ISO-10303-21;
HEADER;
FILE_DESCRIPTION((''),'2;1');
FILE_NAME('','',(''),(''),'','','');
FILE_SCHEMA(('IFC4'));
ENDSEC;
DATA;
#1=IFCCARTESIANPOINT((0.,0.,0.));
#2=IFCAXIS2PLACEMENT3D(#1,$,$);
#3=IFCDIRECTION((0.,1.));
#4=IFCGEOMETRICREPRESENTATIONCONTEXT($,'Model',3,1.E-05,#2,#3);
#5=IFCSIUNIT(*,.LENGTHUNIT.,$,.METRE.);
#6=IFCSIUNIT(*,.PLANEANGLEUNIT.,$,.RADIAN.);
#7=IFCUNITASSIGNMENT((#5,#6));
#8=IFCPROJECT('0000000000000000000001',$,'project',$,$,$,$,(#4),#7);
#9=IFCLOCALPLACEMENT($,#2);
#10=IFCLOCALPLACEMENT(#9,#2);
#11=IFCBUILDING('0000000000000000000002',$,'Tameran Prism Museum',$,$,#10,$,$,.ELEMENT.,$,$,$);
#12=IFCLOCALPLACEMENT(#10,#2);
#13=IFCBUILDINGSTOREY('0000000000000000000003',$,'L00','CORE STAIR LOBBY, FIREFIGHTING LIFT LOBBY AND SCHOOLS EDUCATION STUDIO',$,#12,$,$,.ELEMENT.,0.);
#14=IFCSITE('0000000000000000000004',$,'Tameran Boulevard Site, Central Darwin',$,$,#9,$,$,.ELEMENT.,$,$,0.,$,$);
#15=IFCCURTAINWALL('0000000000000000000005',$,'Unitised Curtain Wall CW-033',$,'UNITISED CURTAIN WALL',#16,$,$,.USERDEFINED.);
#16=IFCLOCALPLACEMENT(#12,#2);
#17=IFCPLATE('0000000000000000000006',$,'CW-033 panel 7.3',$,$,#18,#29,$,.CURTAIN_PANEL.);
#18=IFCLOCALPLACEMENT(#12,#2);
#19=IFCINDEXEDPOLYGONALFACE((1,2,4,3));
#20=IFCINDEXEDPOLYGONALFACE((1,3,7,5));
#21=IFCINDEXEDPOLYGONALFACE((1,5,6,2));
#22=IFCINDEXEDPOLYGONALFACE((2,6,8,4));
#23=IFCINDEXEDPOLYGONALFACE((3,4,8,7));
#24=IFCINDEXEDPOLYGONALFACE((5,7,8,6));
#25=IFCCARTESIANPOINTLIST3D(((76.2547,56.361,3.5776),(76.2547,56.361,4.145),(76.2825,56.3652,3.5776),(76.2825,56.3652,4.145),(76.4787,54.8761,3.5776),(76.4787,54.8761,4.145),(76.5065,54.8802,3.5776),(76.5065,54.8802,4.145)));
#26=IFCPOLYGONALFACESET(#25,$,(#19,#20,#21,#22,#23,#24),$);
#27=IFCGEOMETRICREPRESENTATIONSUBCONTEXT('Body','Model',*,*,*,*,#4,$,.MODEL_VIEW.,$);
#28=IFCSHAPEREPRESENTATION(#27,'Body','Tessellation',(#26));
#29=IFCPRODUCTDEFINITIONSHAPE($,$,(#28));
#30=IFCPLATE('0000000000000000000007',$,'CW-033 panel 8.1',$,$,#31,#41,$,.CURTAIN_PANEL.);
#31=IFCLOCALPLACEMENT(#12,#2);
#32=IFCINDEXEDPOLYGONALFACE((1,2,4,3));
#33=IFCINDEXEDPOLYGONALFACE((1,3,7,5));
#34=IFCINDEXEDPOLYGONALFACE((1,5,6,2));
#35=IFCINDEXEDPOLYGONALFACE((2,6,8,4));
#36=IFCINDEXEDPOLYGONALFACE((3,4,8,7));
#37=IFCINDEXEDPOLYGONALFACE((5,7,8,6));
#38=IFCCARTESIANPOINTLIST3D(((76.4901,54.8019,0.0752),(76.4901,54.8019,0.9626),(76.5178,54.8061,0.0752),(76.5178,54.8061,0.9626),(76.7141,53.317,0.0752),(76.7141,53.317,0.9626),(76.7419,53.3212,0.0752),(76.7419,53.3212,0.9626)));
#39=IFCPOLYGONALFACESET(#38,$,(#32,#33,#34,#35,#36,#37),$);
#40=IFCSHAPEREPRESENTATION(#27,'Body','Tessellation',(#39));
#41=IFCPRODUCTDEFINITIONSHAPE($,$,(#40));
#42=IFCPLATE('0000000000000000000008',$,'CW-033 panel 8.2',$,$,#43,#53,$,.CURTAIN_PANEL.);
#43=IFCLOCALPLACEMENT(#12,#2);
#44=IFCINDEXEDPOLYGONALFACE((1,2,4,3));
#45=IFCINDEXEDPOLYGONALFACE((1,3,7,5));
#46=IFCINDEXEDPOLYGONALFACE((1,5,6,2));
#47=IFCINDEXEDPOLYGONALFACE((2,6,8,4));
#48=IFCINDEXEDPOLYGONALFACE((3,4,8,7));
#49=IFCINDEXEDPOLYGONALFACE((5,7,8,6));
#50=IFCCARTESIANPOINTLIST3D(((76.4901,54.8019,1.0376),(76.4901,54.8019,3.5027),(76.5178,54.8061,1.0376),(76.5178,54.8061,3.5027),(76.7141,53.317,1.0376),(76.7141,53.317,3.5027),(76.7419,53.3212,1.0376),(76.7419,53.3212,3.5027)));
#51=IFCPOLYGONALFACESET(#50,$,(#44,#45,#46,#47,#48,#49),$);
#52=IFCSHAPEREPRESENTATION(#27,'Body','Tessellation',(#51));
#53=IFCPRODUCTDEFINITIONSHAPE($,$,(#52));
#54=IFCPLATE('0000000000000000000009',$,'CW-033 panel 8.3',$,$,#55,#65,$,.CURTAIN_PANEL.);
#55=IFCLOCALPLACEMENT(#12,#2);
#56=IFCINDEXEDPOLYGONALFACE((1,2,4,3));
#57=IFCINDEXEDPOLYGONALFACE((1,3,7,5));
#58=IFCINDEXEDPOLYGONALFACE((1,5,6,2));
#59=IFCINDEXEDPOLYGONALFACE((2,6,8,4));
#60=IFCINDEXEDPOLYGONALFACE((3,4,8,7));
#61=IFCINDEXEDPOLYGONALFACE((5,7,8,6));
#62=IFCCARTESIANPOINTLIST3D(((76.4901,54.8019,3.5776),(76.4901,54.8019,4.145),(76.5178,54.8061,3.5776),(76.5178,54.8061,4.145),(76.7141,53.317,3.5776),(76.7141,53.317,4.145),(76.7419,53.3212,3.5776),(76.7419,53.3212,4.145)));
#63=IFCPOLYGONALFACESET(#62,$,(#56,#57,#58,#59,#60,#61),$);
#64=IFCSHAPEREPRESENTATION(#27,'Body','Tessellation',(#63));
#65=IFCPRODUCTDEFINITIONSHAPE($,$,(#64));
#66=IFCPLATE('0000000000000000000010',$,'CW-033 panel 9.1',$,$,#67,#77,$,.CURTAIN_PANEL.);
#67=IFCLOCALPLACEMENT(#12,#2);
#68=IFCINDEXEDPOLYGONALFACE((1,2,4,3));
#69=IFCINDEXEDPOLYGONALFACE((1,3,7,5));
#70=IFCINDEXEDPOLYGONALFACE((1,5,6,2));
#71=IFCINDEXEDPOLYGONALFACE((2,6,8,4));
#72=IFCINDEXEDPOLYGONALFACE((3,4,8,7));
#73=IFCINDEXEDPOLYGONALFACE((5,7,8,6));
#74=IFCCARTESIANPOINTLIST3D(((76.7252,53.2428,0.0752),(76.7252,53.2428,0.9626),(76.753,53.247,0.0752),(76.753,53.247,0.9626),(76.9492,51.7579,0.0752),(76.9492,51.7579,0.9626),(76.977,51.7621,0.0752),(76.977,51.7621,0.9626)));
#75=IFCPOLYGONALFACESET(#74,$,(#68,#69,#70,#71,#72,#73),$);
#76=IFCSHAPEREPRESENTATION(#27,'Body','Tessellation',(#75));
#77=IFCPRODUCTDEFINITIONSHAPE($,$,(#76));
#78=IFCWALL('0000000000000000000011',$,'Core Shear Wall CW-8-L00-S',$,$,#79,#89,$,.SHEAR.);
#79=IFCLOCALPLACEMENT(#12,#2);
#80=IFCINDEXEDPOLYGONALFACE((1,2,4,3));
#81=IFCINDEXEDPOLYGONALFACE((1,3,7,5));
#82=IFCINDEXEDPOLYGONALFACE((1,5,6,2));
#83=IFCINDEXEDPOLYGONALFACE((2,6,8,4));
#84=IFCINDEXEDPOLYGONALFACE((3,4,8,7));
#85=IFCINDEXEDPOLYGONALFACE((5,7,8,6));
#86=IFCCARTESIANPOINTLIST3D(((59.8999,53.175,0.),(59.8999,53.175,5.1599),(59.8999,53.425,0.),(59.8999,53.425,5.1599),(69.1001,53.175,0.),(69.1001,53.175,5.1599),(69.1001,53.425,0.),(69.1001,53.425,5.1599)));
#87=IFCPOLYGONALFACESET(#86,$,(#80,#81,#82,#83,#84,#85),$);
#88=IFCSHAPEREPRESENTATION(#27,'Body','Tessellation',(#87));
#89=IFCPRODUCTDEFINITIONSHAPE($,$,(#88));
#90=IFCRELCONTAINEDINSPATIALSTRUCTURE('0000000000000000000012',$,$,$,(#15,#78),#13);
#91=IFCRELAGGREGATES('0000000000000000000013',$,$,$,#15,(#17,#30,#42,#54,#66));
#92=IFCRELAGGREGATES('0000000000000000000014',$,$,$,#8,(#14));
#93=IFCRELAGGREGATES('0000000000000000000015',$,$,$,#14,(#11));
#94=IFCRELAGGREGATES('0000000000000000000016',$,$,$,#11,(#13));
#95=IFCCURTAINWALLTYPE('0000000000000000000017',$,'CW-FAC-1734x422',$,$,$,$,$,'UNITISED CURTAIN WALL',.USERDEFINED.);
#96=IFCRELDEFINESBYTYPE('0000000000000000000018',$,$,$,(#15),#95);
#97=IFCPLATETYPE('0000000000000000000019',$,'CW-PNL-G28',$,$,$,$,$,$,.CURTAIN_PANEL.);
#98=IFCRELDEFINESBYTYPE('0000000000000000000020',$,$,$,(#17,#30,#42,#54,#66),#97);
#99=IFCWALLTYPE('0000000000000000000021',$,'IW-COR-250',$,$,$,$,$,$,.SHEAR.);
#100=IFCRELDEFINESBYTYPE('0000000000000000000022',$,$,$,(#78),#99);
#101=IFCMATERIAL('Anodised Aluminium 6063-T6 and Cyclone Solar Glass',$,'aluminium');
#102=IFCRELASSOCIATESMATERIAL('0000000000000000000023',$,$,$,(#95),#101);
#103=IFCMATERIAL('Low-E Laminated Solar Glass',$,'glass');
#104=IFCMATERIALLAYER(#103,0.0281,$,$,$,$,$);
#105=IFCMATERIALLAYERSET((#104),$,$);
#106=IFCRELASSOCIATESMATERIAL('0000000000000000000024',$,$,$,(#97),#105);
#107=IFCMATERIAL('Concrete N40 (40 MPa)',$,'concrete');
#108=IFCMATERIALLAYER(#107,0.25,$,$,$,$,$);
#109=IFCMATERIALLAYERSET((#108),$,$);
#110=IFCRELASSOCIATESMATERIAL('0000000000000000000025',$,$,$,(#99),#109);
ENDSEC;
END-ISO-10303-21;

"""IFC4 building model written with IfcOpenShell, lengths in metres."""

from ifc_helpers import new_model, si_unit, direction, frame, frame_2d, origin, origin_2d, place, context, subcontext, project, spatial, rectangle, extrude, material, layer, layer_set, type_object, element, aggregate, save


model = new_model("IFC4")

# Units and contexts
model_context = context("Model", 3, precision=1e-05, world=origin(), true_north=direction((0.0, 1.0)))
body_context = subcontext(model_context, "Body", "Model", "MODEL_VIEW")
ifc_project = project(units=[si_unit("LENGTHUNIT", "METRE"), si_unit("PLANEANGLEUNIT", "RADIAN")], contexts=[model_context])

# Site, building, storey
site_placement = place(None, origin())
site = spatial("IfcSite", under=ifc_project, at=site_placement, Name="Tameran Boulevard Site, Central Darwin", CompositionType="ELEMENT", RefElevation=0.0)
building_placement = place(site_placement, origin())
building = spatial("IfcBuilding", under=site, at=building_placement, Name="Tameran Prism Museum", CompositionType="ELEMENT")
storey_placement = place(building_placement, origin())
storey = spatial("IfcBuildingStorey", under=building, at=storey_placement, Name="L00", Description="CORE STAIR LOBBY, FIREFIGHTING LIFT LOBBY AND SCHOOLS EDUCATION STUDIO", CompositionType="ELEMENT", Elevation=0.0)

# Curtain wall, plates
ifc_material_1 = material(Name="Anodised Aluminium 6063-T6 and Cyclone Solar Glass", Category="aluminium")
curtain_wall_type = type_object("IfcCurtainWallType", Name="CW-FAC-1734x422", ElementType="UNITISED CURTAIN WALL", PredefinedType="USERDEFINED", material=ifc_material_1)
curtain_wall_placement = place(storey_placement, origin())
curtain_wall = element("IfcCurtainWall", 1, at=curtain_wall_placement, inside=storey, type_object=curtain_wall_type, Name="Unitised Curtain Wall CW-033", ObjectType="UNITISED CURTAIN WALL", PredefinedType="USERDEFINED")
ifc_material_2 = material(Name="Low-E Laminated Solar Glass", Category="glass")
ifc_layer_1 = layer(ifc_material_2, 0.0281)
ifc_layer_set_1 = layer_set([ifc_layer_1])
plate_type = type_object("IfcPlateType", Name="CW-PNL-G28", PredefinedType="CURTAIN_PANEL", material=ifc_layer_set_1)
plate_1_placement = place(storey_placement, frame((76.3806, 55.6206, 3.5776), z_axis=(0.0, 0.0, 1.0), x_axis=(0.149167, -0.988812, 0.0)))
plate_1 = element("IfcPlate", 2, at=plate_1_placement, type_object=plate_type, Name="CW-033 panel 7.3", PredefinedType="CURTAIN_PANEL", context=body_context, shape_type="SweptSolid", body=[
    extrude(rectangle(XDim=1.5017, YDim=0.0281, at=origin_2d()), origin(), (0.0, 0.0, 1.0), 0.5674),
])
plate_2_placement = place(storey_placement, frame((76.616, 54.0615, 0.0752), z_axis=(0.0, 0.0, 1.0), x_axis=(0.149167, -0.988812, 0.0)))
plate_2 = element("IfcPlate", 3, at=plate_2_placement, type_object=plate_type, Name="CW-033 panel 8.1", PredefinedType="CURTAIN_PANEL", context=body_context, shape_type="SweptSolid", body=[
    extrude(rectangle(XDim=1.5017, YDim=0.0281, at=origin_2d()), origin(), (0.0, 0.0, 1.0), 0.8875),
])
plate_3_placement = place(storey_placement, frame((76.616, 54.0615, 1.0376), z_axis=(0.0, 0.0, 1.0), x_axis=(0.149167, -0.988812, 0.0)))
plate_3 = element("IfcPlate", 4, at=plate_3_placement, type_object=plate_type, Name="CW-033 panel 8.2", PredefinedType="CURTAIN_PANEL", context=body_context, shape_type="SweptSolid", body=[
    extrude(rectangle(XDim=1.5017, YDim=0.0281, at=origin_2d()), origin(), (0.0, 0.0, 1.0), 2.4651),
])
plate_4_placement = place(storey_placement, frame((76.616, 54.0615, 3.5776), z_axis=(0.0, 0.0, 1.0), x_axis=(0.149167, -0.988812, 0.0)))
plate_4 = element("IfcPlate", 5, at=plate_4_placement, type_object=plate_type, Name="CW-033 panel 8.3", PredefinedType="CURTAIN_PANEL", context=body_context, shape_type="SweptSolid", body=[
    extrude(rectangle(XDim=1.5017, YDim=0.0281, at=origin_2d()), origin(), (0.0, 0.0, 1.0), 0.5674),
])
plate_5_placement = place(storey_placement, frame((76.8511, 52.5024, 0.0752), z_axis=(0.0, 0.0, 1.0), x_axis=(0.149167, -0.988812, 0.0)))
plate_5 = element("IfcPlate", 6, at=plate_5_placement, type_object=plate_type, Name="CW-033 panel 9.1", PredefinedType="CURTAIN_PANEL", context=body_context, shape_type="SweptSolid", body=[
    extrude(rectangle(XDim=1.5017, YDim=0.0281, at=origin_2d()), origin(), (0.0, 0.0, 1.0), 0.8875),
])
aggregate(curtain_wall, [plate_1, plate_2, plate_3, plate_4, plate_5])

# Wall
ifc_material_3 = material(Name="Concrete N40 (40 MPa)", Category="concrete")
ifc_layer_2 = layer(ifc_material_3, 0.25)
ifc_layer_set_2 = layer_set([ifc_layer_2])
wall_type = type_object("IfcWallType", Name="IW-COR-250", PredefinedType="SHEAR", material=ifc_layer_set_2)
wall_placement = place(storey_placement, frame((69.1001, 53.3, 0.0), z_axis=(0.0, 0.0, 1.0), x_axis=(-1.0, 0.0, 0.0)))
element("IfcWall", 7, at=wall_placement, inside=storey, type_object=wall_type, Name="Core Shear Wall CW-8-L00-S", PredefinedType="SHEAR", context=body_context, shape_type="SweptSolid", body=[
    extrude(rectangle(XDim=9.2002, YDim=0.25, at=frame_2d((4.6001, 0.0))), origin(), (0.0, 0.0, 1.0), 5.1599),
])

save(model, "model.ifc")
